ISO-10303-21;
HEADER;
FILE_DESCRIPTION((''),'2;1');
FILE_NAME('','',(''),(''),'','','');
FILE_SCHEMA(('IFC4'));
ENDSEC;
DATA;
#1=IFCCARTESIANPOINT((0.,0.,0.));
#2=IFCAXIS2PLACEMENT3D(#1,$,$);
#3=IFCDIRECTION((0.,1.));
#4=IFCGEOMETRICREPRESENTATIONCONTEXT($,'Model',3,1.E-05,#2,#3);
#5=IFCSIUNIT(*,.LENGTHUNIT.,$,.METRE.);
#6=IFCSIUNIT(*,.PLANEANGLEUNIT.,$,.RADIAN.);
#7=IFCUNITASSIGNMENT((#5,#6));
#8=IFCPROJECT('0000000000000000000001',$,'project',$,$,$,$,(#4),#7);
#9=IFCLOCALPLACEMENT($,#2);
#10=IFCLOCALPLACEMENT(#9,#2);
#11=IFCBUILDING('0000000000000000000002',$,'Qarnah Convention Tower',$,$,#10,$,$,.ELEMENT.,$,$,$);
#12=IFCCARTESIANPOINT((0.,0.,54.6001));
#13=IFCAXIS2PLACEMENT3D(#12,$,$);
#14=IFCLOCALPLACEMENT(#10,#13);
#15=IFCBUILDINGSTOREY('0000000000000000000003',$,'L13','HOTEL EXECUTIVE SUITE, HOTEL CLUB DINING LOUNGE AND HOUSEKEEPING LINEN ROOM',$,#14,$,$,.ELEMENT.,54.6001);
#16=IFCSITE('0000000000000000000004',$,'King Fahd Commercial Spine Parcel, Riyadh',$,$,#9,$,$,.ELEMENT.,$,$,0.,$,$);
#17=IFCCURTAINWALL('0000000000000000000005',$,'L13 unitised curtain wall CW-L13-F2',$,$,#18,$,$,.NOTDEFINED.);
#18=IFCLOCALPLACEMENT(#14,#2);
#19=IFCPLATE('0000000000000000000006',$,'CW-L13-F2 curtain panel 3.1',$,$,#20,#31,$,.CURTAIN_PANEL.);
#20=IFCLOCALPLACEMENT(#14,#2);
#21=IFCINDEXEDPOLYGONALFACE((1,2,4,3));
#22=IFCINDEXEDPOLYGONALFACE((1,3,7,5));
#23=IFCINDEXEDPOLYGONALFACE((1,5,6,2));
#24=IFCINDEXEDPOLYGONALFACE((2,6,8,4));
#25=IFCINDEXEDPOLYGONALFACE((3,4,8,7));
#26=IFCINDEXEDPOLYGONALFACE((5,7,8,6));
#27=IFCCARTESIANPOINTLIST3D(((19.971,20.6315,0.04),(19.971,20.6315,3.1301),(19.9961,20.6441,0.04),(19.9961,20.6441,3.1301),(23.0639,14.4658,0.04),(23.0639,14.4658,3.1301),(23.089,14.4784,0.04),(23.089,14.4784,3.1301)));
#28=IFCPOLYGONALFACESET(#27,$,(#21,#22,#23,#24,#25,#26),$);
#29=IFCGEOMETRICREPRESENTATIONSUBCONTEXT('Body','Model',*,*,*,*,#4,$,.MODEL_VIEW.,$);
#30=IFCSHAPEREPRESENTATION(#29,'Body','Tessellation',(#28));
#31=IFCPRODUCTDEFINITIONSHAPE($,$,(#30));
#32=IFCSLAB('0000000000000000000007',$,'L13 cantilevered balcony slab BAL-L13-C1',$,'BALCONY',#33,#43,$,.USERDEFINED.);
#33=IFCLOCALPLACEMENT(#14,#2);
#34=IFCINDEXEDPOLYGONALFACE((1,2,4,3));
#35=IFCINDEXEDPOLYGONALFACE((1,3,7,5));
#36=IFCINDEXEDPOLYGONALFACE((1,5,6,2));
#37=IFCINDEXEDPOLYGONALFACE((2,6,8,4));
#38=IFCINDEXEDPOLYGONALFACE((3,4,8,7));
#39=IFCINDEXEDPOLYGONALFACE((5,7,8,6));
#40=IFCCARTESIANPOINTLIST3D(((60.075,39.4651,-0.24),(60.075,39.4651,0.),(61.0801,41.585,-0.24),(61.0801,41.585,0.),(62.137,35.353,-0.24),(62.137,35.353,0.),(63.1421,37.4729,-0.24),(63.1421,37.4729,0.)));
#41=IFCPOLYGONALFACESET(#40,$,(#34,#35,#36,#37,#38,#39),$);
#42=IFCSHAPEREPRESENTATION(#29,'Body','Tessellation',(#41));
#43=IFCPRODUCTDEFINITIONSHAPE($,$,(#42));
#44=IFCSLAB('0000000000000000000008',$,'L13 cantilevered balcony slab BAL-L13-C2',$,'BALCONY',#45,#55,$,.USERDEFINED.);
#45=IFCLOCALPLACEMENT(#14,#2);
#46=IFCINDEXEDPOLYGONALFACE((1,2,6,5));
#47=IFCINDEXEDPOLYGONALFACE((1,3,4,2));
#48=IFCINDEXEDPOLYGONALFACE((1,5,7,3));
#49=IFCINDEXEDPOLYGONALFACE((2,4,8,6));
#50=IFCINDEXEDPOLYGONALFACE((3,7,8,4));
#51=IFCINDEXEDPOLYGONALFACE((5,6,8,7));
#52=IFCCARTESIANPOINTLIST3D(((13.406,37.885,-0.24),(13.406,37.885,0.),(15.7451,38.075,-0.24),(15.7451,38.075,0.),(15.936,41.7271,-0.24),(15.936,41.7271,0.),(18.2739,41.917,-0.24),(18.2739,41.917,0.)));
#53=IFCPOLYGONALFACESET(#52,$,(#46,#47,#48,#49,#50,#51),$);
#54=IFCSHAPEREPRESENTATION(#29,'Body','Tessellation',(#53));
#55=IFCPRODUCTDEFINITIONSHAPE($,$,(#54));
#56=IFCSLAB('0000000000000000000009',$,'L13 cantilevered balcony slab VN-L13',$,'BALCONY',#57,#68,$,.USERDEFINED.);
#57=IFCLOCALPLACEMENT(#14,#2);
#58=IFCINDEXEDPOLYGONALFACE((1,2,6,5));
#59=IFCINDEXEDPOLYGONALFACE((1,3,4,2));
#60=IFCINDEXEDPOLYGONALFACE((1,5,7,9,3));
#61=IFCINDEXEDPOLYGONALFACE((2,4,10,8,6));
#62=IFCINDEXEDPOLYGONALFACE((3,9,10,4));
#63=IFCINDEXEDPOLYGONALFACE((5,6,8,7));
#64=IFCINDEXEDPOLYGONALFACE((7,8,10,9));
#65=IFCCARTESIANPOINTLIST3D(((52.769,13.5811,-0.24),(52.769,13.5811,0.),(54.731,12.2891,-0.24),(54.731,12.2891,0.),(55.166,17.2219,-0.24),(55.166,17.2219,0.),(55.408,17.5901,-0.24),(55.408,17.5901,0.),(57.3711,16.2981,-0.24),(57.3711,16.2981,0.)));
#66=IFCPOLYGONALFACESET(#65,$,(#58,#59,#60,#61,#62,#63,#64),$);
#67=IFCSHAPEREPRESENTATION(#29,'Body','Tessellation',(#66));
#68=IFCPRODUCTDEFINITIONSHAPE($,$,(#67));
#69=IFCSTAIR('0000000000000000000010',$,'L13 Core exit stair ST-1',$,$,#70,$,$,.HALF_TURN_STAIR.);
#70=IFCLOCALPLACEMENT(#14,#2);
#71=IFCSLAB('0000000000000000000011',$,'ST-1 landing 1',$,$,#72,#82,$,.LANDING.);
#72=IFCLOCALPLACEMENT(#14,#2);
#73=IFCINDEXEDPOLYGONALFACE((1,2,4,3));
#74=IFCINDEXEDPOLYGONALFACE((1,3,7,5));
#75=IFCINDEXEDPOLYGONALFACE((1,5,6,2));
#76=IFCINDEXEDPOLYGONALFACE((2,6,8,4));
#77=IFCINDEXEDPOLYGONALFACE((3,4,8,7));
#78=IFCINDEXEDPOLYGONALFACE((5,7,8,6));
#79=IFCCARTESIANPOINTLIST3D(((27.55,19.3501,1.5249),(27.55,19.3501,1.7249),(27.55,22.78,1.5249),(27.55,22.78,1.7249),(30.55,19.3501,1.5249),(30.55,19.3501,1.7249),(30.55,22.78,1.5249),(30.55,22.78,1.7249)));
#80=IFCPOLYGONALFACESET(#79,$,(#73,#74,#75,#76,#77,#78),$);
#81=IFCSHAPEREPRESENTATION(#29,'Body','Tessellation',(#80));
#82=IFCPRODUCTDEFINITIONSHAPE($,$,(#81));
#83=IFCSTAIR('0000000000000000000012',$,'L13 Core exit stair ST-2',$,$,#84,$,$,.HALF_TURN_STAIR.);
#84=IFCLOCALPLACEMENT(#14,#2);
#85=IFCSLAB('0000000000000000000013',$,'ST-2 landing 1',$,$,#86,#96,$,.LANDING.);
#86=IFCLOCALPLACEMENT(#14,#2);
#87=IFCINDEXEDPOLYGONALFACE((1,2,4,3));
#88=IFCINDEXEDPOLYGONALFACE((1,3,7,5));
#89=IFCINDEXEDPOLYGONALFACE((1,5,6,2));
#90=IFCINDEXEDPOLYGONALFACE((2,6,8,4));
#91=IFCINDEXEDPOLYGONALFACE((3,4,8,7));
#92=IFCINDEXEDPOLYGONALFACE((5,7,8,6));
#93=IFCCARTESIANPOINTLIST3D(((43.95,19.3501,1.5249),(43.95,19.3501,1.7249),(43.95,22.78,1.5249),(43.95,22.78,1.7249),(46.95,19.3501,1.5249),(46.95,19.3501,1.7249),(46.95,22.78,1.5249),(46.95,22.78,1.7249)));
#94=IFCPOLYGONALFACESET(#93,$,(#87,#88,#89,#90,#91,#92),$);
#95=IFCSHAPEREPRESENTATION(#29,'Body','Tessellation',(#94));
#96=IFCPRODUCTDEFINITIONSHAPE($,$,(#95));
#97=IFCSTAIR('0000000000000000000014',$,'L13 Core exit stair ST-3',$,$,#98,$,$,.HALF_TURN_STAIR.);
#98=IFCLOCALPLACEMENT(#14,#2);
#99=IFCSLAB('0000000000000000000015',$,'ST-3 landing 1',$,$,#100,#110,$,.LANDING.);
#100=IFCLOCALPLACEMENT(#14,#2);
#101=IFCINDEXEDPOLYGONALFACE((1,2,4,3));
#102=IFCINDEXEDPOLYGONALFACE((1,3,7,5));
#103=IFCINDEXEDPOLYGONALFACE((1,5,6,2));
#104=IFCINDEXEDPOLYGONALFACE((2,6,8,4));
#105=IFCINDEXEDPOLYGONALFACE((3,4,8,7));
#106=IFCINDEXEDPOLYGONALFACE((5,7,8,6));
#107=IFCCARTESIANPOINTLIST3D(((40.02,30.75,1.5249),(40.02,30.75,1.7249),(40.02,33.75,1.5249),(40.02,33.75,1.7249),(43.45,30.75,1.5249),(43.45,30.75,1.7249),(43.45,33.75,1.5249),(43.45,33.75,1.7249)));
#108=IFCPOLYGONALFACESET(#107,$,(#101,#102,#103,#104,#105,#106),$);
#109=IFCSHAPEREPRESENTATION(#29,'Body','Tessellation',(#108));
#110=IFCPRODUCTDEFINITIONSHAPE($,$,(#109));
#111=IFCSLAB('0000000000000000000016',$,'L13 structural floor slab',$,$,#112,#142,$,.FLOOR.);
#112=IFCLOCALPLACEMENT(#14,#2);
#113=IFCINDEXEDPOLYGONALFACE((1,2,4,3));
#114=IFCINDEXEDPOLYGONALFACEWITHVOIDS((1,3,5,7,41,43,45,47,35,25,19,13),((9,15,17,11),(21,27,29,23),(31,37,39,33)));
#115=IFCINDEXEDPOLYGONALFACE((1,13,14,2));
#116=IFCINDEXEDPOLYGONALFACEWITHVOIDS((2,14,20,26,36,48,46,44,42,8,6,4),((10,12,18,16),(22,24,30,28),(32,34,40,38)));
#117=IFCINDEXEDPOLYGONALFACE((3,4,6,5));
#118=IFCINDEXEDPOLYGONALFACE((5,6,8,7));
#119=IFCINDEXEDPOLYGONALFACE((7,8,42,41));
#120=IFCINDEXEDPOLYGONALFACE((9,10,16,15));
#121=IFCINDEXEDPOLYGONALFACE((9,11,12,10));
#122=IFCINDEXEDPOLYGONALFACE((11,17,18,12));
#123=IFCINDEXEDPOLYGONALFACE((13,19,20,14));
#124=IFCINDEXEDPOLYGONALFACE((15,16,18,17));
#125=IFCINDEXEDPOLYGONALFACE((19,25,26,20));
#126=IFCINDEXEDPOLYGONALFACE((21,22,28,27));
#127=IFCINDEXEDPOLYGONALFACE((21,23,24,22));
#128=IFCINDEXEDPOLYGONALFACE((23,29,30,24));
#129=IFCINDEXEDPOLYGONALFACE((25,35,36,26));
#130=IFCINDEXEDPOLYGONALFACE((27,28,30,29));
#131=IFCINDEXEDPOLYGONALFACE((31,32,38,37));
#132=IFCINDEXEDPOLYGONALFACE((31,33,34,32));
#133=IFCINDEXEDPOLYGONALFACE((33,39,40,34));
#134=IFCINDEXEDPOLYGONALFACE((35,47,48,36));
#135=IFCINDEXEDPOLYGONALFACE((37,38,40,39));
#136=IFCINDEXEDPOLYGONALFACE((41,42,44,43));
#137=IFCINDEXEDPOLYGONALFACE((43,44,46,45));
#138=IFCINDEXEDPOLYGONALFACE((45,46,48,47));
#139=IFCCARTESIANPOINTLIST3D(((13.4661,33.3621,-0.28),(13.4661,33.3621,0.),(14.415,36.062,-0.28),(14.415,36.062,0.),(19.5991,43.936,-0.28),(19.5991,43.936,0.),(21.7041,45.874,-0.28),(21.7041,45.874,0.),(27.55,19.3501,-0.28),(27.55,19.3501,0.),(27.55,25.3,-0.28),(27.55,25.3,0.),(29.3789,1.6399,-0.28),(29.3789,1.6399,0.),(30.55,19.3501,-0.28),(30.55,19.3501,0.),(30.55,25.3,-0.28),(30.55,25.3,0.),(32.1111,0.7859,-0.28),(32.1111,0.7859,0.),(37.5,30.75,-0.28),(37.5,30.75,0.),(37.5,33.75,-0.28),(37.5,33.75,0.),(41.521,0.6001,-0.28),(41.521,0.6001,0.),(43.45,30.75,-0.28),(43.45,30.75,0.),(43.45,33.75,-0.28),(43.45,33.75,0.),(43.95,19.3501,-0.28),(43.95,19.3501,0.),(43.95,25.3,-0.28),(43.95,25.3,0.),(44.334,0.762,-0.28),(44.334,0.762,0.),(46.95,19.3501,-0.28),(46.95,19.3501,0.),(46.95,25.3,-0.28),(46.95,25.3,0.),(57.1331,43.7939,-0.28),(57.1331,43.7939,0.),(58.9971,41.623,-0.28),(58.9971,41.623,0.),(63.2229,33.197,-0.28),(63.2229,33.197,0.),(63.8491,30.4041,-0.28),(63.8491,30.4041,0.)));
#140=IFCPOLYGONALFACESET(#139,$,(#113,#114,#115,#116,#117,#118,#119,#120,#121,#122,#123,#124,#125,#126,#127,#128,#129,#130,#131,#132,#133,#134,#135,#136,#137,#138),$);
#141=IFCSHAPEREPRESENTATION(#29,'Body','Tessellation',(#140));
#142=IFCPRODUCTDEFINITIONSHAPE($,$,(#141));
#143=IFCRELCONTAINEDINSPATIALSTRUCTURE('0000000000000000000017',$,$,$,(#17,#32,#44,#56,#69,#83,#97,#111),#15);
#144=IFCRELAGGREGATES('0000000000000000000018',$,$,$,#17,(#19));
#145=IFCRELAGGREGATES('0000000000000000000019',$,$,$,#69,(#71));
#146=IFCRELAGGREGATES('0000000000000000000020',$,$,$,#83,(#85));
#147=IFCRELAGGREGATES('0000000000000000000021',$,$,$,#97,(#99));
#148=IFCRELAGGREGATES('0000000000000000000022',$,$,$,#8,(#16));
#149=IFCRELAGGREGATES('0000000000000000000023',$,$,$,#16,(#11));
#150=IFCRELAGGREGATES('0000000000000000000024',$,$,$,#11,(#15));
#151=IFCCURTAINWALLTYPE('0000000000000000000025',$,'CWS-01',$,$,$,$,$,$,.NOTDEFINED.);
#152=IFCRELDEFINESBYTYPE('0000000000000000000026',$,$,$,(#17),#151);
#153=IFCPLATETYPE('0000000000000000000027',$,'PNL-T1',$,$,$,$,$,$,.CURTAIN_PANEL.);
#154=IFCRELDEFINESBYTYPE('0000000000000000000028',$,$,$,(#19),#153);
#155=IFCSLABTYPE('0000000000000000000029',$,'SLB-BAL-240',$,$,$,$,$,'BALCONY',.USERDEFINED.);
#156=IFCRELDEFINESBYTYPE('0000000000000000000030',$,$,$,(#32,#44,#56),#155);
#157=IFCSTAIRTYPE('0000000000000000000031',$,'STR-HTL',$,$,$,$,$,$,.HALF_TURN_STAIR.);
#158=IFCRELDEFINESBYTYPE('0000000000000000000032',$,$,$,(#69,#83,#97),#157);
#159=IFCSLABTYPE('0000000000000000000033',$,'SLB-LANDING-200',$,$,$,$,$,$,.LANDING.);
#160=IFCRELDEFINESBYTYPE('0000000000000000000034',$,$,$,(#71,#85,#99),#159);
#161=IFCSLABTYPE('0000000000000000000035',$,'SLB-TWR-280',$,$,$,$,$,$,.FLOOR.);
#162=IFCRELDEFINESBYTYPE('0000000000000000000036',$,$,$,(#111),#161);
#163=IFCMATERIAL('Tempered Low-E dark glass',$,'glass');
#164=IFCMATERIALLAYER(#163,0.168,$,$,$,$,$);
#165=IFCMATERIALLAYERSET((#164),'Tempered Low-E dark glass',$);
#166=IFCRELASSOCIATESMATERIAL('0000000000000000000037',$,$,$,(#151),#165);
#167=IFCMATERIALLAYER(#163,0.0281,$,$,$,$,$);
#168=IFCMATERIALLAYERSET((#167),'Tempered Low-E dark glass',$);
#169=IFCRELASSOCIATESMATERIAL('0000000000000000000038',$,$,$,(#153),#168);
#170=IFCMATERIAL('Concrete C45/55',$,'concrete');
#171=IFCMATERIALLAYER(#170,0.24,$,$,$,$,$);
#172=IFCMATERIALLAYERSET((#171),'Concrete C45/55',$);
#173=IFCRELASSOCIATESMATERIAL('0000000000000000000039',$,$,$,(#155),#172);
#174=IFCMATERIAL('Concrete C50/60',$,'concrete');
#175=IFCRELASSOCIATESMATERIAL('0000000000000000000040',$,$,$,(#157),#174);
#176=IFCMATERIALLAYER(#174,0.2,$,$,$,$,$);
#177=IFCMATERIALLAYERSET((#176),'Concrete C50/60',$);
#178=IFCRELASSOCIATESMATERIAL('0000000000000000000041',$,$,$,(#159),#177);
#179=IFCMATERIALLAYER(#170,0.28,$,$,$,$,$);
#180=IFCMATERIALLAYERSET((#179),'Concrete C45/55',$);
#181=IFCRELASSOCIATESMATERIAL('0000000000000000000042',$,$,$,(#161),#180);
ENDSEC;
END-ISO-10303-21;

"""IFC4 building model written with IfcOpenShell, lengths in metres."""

from ifc_helpers import new_model, si_unit, direction, frame, origin, origin_2d, place, context, subcontext, project, spatial, polyline, rectangle, outline, extrude, material, layer, layer_set, type_object, element, aggregate, save


model = new_model("IFC4")

# Units and contexts
model_context = context("Model", 3, precision=1e-05, world=origin(), true_north=direction((0.0, 1.0)))
body_context = subcontext(model_context, "Body", "Model", "MODEL_VIEW")
ifc_project = project(units=[si_unit("LENGTHUNIT", "METRE"), si_unit("PLANEANGLEUNIT", "RADIAN")], contexts=[model_context])

# Site, building, storey
site_placement = place(None, origin())
site = spatial("IfcSite", under=ifc_project, at=site_placement, Name="King Fahd Commercial Spine Parcel, Riyadh", CompositionType="ELEMENT", RefElevation=0.0)
building_placement = place(site_placement, origin())
building = spatial("IfcBuilding", under=site, at=building_placement, Name="Qarnah Convention Tower", CompositionType="ELEMENT")
storey_placement = place(building_placement, frame((0.0, 0.0, 54.6001)))
storey = spatial("IfcBuildingStorey", under=building, at=storey_placement, Name="L13", Description="HOTEL EXECUTIVE SUITE, HOTEL CLUB DINING LOUNGE AND HOUSEKEEPING LINEN ROOM", CompositionType="ELEMENT", Elevation=54.6001)

# Curtain wall, plate
ifc_material_1 = material(Name="Tempered Low-E dark glass", Category="glass")
ifc_layer_1 = layer(ifc_material_1, 0.168)
ifc_layer_set_1 = layer_set([ifc_layer_1], Name="Tempered Low-E dark glass")
curtain_wall_type = type_object("IfcCurtainWallType", Name="CWS-01", PredefinedType="NOTDEFINED", material=ifc_layer_set_1)
curtain_wall_placement = place(storey_placement, origin())
curtain_wall = element("IfcCurtainWall", 1, at=curtain_wall_placement, inside=storey, type_object=curtain_wall_type, Name="L13 unitised curtain wall CW-L13-F2", PredefinedType="NOTDEFINED")
ifc_layer_2 = layer(ifc_material_1, 0.0281)
ifc_layer_set_2 = layer_set([ifc_layer_2], Name="Tempered Low-E dark glass")
plate_type = type_object("IfcPlateType", Name="PNL-T1", PredefinedType="CURTAIN_PANEL", material=ifc_layer_set_2)
plate_1_placement = place(storey_placement, frame((21.53, 17.5549, 0.04), z_axis=(0.0, 0.0, 1.0), x_axis=(-0.448383, 0.893842, 0.0)))
plate_1 = element("IfcPlate", 2, at=plate_1_placement, type_object=plate_type, Name="CW-L13-F2 curtain panel 3.1", PredefinedType="CURTAIN_PANEL", context=body_context, shape_type="SweptSolid", body=[
    extrude(rectangle(XDim=6.8979, YDim=0.0281, at=origin_2d()), origin(), (0.0, 0.0, 1.0), 3.0901),
])
aggregate(curtain_wall, [plate_1])

# Slabs
ifc_material_2 = material(Name="Concrete C45/55", Category="concrete")
ifc_layer_3 = layer(ifc_material_2, 0.24)
ifc_layer_set_3 = layer_set([ifc_layer_3], Name="Concrete C45/55")
slab_type_1 = type_object("IfcSlabType", Name="SLB-BAL-240", ElementType="BALCONY", PredefinedType="USERDEFINED", material=ifc_layer_set_3)
slab_1_placement = place(storey_placement, frame((0.0, 0.0, -0.24)))
element("IfcSlab", 3, at=slab_1_placement, inside=storey, type_object=slab_type_1, Name="L13 cantilevered balcony slab BAL-L13-C1", ObjectType="BALCONY", PredefinedType="USERDEFINED", context=body_context, shape_type="SweptSolid", body=[
    extrude(outline(polyline([(61.0801, 41.585), (63.1421, 37.4729), (62.137, 35.353), (60.075, 39.4651), (61.0801, 41.585)])), origin(), (0.0, 0.0, 1.0), 0.24),
])
slab_2_placement = place(storey_placement, frame((0.0, 0.0, -0.24)))
element("IfcSlab", 4, at=slab_2_placement, inside=storey, type_object=slab_type_1, Name="L13 cantilevered balcony slab BAL-L13-C2", ObjectType="BALCONY", PredefinedType="USERDEFINED", context=body_context, shape_type="SweptSolid", body=[
    extrude(outline(polyline([(13.406, 37.885), (15.936, 41.7271), (18.2739, 41.917), (15.7451, 38.075), (13.406, 37.885)])), origin(), (0.0, 0.0, 1.0), 0.24),
])
slab_3_placement = place(storey_placement, frame((0.0, 0.0, -0.24)))
element("IfcSlab", 5, at=slab_3_placement, inside=storey, type_object=slab_type_1, Name="L13 cantilevered balcony slab VN-L13", ObjectType="BALCONY", PredefinedType="USERDEFINED", context=body_context, shape_type="SweptSolid", body=[
    extrude(outline(polyline([(55.166, 17.2219), (55.408, 17.5901), (57.3711, 16.2981), (54.731, 12.2891), (52.769, 13.5811), (55.166, 17.2219)])), origin(), (0.0, 0.0, 1.0), 0.24),
])

# Stairs, slabs
ifc_material_3 = material(Name="Concrete C50/60", Category="concrete")
stair_type = type_object("IfcStairType", Name="STR-HTL", PredefinedType="HALF_TURN_STAIR", material=ifc_material_3)
stair_1_placement = place(storey_placement, origin())
stair_1 = element("IfcStair", 6, at=stair_1_placement, inside=storey, type_object=stair_type, Name="L13 Core exit stair ST-1", PredefinedType="HALF_TURN_STAIR")
ifc_layer_4 = layer(ifc_material_3, 0.2)
ifc_layer_set_4 = layer_set([ifc_layer_4], Name="Concrete C50/60")
slab_type_2 = type_object("IfcSlabType", Name="SLB-LANDING-200", PredefinedType="LANDING", material=ifc_layer_set_4)
slab_4_placement = place(storey_placement, frame((0.0, 0.0, 1.5249)))
slab_4 = element("IfcSlab", 7, at=slab_4_placement, type_object=slab_type_2, Name="ST-1 landing 1", PredefinedType="LANDING", context=body_context, shape_type="SweptSolid", body=[
    extrude(outline(polyline([(27.55, 22.78), (27.55, 19.3501), (30.55, 19.3501), (30.55, 22.78), (27.55, 22.78)])), origin(), (0.0, 0.0, 1.0), 0.2),
])
aggregate(stair_1, [slab_4])
stair_2_placement = place(storey_placement, origin())
stair_2 = element("IfcStair", 8, at=stair_2_placement, inside=storey, type_object=stair_type, Name="L13 Core exit stair ST-2", PredefinedType="HALF_TURN_STAIR")
slab_5_placement = place(storey_placement, frame((0.0, 0.0, 1.5249)))
slab_5 = element("IfcSlab", 9, at=slab_5_placement, type_object=slab_type_2, Name="ST-2 landing 1", PredefinedType="LANDING", context=body_context, shape_type="SweptSolid", body=[
    extrude(outline(polyline([(43.95, 22.78), (43.95, 19.3501), (46.95, 19.3501), (46.95, 22.78), (43.95, 22.78)])), origin(), (0.0, 0.0, 1.0), 0.2),
])
aggregate(stair_2, [slab_5])
stair_3_placement = place(storey_placement, origin())
stair_3 = element("IfcStair", 10, at=stair_3_placement, inside=storey, type_object=stair_type, Name="L13 Core exit stair ST-3", PredefinedType="HALF_TURN_STAIR")
slab_6_placement = place(storey_placement, frame((0.0, 0.0, 1.5249)))
slab_6 = element("IfcSlab", 11, at=slab_6_placement, type_object=slab_type_2, Name="ST-3 landing 1", PredefinedType="LANDING", context=body_context, shape_type="SweptSolid", body=[
    extrude(outline(polyline([(40.02, 30.75), (43.45, 30.75), (43.45, 33.75), (40.02, 33.75), (40.02, 30.75)])), origin(), (0.0, 0.0, 1.0), 0.2),
])
aggregate(stair_3, [slab_6])

# Slab
ifc_layer_5 = layer(ifc_material_2, 0.28)
ifc_layer_set_5 = layer_set([ifc_layer_5], Name="Concrete C45/55")
slab_type_3 = type_object("IfcSlabType", Name="SLB-TWR-280", PredefinedType="FLOOR", material=ifc_layer_set_5)
slab_7_placement = place(storey_placement, frame((0.0, 0.0, -0.28)))
element("IfcSlab", 12, at=slab_7_placement, inside=storey, type_object=slab_type_3, Name="L13 structural floor slab", PredefinedType="FLOOR", context=body_context, shape_type="SweptSolid", body=[
    extrude(outline(polyline([(57.1331, 43.7939), (21.7041, 45.874), (19.5991, 43.936), (14.415, 36.062), (13.4661, 33.3621), (29.3789, 1.6399), (32.1111, 0.7859), (41.521, 0.6001), (44.334, 0.762), (63.8491, 30.4041), (63.2229, 33.197), (58.9971, 41.623), (57.1331, 43.7939)]), holes=[polyline([(27.55, 25.3), (27.55, 19.3501), (30.55, 19.3501), (30.55, 25.3), (27.55, 25.3)]), polyline([(43.95, 25.3), (43.95, 19.3501), (46.95, 19.3501), (46.95, 25.3), (43.95, 25.3)]), polyline([(37.5, 30.75), (43.45, 30.75), (43.45, 33.75), (37.5, 33.75), (37.5, 30.75)])]), origin(), (0.0, 0.0, 1.0), 0.28),
])

save(model, "model.ifc")
